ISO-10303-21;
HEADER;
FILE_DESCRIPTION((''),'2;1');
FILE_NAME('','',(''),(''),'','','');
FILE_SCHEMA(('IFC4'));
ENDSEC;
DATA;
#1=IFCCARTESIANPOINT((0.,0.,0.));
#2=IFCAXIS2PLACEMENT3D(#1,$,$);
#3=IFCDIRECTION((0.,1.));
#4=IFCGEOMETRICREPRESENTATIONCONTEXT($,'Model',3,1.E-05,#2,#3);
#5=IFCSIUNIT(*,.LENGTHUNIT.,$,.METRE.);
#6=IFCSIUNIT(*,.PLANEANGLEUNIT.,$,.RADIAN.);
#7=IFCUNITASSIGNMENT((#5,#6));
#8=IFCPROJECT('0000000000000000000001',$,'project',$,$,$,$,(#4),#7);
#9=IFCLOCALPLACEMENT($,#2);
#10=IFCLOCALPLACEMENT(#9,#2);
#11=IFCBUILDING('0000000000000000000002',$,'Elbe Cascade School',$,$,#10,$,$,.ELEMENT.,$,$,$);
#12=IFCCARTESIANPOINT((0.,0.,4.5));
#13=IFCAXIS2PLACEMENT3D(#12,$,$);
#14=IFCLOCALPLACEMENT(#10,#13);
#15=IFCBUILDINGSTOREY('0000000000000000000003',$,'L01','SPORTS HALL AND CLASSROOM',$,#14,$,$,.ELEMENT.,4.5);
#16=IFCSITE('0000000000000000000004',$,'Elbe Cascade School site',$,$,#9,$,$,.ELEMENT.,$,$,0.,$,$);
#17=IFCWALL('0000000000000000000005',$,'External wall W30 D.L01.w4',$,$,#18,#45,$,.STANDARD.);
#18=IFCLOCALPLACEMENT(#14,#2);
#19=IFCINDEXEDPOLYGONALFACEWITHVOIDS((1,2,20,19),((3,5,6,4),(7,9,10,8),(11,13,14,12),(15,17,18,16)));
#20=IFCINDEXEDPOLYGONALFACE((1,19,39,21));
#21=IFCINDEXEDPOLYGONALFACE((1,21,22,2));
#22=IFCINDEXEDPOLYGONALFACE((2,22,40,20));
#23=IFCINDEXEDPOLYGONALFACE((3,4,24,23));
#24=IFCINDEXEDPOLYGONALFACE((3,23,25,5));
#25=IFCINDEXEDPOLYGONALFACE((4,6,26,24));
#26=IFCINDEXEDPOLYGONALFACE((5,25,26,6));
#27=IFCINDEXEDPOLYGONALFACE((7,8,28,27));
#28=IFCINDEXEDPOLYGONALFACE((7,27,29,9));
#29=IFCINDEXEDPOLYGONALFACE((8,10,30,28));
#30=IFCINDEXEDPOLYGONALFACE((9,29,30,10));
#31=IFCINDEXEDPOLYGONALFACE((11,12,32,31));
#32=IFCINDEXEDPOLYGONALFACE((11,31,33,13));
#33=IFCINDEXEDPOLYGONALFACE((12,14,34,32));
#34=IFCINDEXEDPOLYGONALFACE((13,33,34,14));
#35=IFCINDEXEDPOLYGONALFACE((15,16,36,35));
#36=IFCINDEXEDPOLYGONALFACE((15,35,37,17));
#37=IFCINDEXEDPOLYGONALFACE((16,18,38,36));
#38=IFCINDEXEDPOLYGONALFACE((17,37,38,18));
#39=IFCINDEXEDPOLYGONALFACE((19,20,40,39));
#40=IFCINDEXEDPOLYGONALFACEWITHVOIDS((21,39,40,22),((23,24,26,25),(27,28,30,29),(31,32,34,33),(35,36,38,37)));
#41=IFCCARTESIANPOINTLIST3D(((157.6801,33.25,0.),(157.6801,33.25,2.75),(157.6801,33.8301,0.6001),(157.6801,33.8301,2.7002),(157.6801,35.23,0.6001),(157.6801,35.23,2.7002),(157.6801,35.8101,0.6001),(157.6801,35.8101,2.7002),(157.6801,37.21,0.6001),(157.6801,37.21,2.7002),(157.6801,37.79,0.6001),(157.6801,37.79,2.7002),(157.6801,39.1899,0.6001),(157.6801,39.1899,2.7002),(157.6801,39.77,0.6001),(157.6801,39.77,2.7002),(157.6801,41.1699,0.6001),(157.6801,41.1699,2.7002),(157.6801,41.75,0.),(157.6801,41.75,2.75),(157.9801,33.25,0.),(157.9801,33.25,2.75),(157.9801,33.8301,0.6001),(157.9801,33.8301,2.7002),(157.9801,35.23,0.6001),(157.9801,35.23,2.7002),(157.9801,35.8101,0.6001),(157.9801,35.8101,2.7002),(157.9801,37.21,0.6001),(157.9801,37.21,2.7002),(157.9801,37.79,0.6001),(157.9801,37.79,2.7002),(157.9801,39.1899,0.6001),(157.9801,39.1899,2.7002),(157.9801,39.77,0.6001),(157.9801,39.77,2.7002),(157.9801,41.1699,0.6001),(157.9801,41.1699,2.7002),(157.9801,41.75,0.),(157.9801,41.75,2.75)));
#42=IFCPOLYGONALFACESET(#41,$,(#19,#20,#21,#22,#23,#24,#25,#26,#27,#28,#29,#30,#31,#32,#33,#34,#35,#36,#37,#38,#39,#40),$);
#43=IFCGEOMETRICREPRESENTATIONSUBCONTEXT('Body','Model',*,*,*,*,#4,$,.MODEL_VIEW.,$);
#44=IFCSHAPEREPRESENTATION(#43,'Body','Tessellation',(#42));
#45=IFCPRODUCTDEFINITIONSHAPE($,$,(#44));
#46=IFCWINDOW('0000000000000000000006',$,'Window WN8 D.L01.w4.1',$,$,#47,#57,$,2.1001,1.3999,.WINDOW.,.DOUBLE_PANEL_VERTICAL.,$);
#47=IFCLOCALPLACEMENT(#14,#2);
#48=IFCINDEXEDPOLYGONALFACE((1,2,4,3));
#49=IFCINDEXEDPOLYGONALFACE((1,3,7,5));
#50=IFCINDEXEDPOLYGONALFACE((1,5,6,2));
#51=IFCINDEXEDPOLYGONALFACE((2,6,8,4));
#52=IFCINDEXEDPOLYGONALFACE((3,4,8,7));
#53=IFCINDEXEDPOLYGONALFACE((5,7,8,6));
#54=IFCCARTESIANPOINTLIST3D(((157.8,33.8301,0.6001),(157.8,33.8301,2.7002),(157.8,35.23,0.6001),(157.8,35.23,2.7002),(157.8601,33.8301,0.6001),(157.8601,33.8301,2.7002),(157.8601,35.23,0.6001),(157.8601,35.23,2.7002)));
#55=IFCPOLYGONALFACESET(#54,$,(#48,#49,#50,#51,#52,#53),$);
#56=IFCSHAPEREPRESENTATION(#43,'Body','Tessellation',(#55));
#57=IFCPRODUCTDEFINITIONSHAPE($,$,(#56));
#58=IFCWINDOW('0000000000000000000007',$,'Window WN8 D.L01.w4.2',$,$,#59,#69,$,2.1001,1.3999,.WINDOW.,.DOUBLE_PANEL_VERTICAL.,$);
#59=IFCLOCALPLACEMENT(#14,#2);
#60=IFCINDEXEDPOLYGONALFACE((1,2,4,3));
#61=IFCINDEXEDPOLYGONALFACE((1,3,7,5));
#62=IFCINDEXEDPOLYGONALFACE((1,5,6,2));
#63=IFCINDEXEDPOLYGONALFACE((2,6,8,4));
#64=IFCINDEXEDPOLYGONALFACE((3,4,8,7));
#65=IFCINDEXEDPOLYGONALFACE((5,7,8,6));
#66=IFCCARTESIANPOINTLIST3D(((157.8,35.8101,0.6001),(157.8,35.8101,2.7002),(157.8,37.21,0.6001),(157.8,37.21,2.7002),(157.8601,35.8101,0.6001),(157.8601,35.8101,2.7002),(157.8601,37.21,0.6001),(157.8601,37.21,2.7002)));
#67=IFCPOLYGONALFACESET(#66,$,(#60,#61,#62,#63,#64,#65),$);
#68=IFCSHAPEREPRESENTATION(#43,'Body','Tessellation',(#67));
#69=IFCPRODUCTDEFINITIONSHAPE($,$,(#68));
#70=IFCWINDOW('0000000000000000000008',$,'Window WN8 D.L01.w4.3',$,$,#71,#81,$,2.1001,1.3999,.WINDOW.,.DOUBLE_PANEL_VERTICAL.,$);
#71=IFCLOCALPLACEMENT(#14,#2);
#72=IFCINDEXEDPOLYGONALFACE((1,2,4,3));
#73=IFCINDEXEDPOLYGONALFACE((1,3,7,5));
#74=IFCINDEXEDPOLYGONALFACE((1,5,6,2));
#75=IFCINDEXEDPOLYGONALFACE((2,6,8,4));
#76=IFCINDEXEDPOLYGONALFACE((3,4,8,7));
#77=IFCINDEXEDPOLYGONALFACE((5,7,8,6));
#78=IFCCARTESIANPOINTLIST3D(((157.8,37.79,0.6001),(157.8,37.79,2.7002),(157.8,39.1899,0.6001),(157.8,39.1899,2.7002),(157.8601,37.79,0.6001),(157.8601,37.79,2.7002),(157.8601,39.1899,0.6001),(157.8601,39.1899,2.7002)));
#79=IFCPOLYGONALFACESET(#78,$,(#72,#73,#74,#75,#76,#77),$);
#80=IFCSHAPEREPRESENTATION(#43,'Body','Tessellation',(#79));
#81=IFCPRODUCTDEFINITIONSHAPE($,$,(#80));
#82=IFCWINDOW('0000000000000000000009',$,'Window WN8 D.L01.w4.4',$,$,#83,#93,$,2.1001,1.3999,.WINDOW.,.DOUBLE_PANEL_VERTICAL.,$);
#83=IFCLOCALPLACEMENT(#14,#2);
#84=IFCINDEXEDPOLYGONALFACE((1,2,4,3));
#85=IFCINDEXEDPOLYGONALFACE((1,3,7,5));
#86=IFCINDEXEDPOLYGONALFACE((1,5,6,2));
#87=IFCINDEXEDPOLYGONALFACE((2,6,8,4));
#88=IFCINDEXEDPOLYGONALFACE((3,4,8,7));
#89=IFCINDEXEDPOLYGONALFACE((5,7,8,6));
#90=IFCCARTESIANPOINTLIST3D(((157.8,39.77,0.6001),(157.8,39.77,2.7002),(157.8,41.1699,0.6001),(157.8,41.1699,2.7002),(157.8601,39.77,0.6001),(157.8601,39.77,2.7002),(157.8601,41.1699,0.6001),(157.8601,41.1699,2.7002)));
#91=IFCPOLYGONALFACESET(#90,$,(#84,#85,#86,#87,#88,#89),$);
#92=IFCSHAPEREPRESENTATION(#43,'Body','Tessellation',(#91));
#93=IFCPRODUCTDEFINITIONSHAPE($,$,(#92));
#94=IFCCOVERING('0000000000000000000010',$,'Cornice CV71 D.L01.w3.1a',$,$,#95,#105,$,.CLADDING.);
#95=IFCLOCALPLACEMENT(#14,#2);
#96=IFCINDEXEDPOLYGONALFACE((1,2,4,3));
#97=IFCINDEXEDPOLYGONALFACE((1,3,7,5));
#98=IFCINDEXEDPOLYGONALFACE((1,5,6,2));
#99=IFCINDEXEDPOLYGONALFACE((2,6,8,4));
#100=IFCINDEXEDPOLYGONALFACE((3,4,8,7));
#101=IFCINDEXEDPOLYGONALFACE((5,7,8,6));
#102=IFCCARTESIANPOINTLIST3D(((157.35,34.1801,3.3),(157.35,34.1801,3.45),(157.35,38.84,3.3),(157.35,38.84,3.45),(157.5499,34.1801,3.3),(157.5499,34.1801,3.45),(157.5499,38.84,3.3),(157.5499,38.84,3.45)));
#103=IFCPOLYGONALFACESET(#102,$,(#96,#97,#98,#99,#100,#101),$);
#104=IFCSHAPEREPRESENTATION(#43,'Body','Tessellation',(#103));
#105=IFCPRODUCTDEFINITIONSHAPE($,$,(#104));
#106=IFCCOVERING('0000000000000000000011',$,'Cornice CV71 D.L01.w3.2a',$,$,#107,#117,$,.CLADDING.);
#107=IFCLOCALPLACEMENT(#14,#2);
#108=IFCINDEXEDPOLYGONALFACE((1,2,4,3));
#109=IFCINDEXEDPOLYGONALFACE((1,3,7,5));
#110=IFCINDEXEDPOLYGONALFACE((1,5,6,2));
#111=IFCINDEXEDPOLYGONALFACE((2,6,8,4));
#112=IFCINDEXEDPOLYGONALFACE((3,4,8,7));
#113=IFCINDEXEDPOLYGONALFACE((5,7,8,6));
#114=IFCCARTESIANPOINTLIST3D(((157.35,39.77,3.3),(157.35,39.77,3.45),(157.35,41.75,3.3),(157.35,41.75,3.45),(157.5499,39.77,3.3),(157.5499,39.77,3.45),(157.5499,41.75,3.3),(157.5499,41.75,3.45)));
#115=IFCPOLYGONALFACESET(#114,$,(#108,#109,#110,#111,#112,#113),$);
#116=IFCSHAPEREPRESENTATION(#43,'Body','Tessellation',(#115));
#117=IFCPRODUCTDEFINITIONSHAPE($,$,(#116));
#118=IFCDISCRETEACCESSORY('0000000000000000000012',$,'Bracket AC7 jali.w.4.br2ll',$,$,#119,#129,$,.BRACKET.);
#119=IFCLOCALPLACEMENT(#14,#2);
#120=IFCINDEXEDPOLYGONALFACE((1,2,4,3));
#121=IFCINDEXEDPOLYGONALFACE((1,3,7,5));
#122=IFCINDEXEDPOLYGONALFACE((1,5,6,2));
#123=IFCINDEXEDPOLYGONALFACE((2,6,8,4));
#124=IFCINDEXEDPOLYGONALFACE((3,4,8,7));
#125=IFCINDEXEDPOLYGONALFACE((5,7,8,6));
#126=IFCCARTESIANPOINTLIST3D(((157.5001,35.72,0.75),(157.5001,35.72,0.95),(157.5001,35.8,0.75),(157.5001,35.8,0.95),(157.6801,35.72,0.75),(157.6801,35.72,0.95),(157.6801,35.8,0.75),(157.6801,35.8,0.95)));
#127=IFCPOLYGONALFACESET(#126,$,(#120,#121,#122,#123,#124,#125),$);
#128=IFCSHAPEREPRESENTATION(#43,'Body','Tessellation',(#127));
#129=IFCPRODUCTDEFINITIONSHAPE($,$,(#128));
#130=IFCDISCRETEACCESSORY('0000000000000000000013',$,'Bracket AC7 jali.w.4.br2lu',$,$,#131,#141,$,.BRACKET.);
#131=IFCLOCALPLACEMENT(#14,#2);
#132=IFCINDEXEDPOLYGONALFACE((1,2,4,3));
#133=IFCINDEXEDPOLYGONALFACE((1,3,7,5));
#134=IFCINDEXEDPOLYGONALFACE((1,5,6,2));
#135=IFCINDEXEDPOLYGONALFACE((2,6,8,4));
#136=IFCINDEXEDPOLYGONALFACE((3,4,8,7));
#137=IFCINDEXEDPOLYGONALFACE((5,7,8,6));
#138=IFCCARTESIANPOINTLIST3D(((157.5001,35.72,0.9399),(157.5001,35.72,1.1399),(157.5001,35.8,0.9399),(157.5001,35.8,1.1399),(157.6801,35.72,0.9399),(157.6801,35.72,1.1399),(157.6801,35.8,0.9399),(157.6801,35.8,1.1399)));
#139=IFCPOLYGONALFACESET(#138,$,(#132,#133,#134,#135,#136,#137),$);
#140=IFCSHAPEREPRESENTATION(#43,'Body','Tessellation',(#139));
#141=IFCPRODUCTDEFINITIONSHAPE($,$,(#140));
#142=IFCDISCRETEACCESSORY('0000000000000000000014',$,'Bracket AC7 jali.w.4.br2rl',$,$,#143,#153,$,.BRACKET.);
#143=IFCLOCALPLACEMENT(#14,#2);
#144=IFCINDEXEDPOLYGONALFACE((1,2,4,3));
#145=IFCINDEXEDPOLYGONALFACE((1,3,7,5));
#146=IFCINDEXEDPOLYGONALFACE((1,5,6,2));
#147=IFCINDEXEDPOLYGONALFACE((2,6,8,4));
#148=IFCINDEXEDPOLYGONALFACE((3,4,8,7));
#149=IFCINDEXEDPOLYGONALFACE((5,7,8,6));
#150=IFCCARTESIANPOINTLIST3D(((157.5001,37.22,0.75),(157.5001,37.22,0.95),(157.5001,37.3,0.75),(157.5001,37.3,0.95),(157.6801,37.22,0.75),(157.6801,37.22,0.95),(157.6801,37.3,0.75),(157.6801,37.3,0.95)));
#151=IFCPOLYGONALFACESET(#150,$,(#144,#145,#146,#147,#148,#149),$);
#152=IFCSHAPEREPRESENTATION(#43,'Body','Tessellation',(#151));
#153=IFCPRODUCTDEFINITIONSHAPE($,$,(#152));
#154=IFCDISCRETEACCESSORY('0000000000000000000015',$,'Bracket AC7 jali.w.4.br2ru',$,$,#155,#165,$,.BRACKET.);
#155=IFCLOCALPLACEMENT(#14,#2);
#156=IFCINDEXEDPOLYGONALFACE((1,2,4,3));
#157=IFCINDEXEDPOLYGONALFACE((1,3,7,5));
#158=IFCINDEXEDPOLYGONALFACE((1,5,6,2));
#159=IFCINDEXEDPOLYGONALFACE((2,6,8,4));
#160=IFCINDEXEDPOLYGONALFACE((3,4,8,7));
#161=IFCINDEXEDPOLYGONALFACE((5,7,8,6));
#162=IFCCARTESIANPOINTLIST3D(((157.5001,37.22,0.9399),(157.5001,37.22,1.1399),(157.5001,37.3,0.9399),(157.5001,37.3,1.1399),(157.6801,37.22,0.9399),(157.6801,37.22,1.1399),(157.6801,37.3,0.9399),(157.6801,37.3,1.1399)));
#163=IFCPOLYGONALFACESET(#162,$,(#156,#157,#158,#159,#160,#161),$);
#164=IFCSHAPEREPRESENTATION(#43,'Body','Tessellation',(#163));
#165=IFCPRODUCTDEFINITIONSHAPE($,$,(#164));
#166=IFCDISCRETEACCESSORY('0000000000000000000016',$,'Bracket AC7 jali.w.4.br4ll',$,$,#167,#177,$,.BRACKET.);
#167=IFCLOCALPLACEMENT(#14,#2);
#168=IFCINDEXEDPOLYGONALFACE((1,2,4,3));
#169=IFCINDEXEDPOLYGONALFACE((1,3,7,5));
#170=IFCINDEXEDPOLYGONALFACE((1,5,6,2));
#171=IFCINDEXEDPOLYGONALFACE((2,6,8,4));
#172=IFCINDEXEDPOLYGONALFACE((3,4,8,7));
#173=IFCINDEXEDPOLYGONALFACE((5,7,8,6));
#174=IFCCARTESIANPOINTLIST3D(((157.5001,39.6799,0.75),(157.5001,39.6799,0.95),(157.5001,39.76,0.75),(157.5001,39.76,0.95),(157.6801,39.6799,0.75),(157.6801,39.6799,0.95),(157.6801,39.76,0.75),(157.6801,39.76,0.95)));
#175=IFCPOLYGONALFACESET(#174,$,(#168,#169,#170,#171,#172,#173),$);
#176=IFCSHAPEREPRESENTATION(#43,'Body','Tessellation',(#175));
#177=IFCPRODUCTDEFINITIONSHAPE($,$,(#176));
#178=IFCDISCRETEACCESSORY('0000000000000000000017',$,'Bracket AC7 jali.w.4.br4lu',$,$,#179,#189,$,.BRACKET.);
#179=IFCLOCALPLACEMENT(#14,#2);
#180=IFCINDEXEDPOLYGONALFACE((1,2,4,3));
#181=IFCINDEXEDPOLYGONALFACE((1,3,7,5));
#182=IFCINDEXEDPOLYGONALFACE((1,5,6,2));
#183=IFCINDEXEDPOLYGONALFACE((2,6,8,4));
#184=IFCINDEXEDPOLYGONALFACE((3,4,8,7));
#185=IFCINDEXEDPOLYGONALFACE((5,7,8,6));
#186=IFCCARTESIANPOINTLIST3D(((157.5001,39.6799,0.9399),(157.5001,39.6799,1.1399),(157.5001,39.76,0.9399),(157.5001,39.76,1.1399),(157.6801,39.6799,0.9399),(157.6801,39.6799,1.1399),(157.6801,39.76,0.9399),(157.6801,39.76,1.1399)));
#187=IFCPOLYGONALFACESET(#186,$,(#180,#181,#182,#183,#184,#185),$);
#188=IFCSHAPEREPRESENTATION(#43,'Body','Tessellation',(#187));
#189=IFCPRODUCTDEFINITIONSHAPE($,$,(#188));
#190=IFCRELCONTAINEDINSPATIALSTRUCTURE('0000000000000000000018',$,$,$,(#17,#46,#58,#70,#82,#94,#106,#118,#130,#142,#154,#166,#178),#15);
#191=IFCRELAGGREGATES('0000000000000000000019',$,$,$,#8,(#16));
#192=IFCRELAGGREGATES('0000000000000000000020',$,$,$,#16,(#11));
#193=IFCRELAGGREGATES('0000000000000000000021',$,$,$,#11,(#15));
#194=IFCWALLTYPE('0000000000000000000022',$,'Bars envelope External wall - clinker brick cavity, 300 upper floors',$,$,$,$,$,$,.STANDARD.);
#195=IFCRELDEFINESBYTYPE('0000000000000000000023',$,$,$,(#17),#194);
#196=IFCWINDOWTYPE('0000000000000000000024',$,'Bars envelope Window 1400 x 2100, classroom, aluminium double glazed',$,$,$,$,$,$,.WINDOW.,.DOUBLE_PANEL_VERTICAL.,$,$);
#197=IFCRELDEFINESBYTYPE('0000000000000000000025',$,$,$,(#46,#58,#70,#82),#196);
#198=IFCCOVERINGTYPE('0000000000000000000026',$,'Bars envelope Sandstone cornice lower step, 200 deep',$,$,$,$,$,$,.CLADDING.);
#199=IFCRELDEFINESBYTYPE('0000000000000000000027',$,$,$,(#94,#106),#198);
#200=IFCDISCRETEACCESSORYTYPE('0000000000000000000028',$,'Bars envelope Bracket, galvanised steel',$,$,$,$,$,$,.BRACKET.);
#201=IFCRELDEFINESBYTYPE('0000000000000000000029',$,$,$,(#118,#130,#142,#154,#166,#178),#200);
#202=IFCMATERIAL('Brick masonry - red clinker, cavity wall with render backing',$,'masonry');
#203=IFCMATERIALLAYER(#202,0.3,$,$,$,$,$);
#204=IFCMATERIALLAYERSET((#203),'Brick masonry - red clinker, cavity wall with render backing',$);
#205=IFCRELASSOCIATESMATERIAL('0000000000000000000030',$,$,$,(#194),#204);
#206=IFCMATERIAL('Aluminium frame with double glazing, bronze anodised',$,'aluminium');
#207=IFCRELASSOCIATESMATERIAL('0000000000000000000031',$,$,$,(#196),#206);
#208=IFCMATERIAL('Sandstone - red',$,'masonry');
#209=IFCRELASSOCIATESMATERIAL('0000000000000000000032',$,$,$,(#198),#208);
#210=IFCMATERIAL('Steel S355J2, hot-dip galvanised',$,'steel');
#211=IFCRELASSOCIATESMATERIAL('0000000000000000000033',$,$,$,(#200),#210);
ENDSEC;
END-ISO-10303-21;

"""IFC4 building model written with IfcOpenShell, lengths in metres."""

from ifc_helpers import new_model, si_unit, direction, frame, frame_2d, origin, origin_2d, place, context, subcontext, project, spatial, rectangle, extrude, material, layer, layer_set, type_object, element, fill, save


model = new_model("IFC4")

# Units and contexts
model_context = context("Model", 3, precision=1e-05, world=origin(), true_north=direction((0.0, 1.0)))
body_context = subcontext(model_context, "Body", "Model", "MODEL_VIEW")
ifc_project = project(units=[si_unit("LENGTHUNIT", "METRE"), si_unit("PLANEANGLEUNIT", "RADIAN")], contexts=[model_context])

# Site, building, storey
site_placement = place(None, origin())
site = spatial("IfcSite", under=ifc_project, at=site_placement, Name="Elbe Cascade School site", CompositionType="ELEMENT", RefElevation=0.0)
building_placement = place(site_placement, origin())
building = spatial("IfcBuilding", under=site, at=building_placement, Name="Elbe Cascade School", CompositionType="ELEMENT")
storey_placement = place(building_placement, frame((0.0, 0.0, 4.5)))
storey = spatial("IfcBuildingStorey", under=building, at=storey_placement, Name="L01", Description="SPORTS HALL AND CLASSROOM", CompositionType="ELEMENT", Elevation=4.5)

# Wall, openings, windows
ifc_material_1 = material(Name="Brick masonry - red clinker, cavity wall with render backing", Category="masonry")
ifc_layer_1 = layer(ifc_material_1, 0.3)
ifc_layer_set_1 = layer_set([ifc_layer_1], Name="Brick masonry - red clinker, cavity wall with render backing")
wall_type_1 = type_object("IfcWallType", Name="Bars envelope External wall - clinker brick cavity, 300 upper floors", PredefinedType="STANDARD", material=ifc_layer_set_1)
wall_1_placement = place(storey_placement, frame((157.8301, 33.25, 0.0), z_axis=(0.0, 0.0, 1.0), x_axis=(0.0, 1.0, 0.0)))
wall_1 = element("IfcWall", 1, at=wall_1_placement, inside=storey, type_object=wall_type_1, Name="External wall W30 D.L01.w4", PredefinedType="STANDARD", context=body_context, shape_type="SweptSolid", body=[
    extrude(rectangle(XDim=8.5, YDim=0.3, at=frame_2d((4.25, 0.0))), origin(), (0.0, 0.0, 1.0), 2.75),
])
opening_1_placement = place(wall_1_placement, frame((0.5801, 0.0, 0.6001)))
opening_1 = element("IfcOpeningElement", 2, at=opening_1_placement, cuts=wall_1, PredefinedType="OPENING", context=body_context, shape_type="SweptSolid", body=[
    extrude(rectangle(XDim=1.3999, YDim=2.1001, at=frame_2d((0.7, 1.05))), frame((0.0, 0.1599, 0.0), z_axis=(0.0, -1.0, 0.0), x_axis=(1.0, 0.0, 0.0)), (0.0, 0.0, 1.0), 0.3201),
])
opening_2_placement = place(wall_1_placement, frame((2.5601, 0.0, 0.6001)))
opening_2 = element("IfcOpeningElement", 3, at=opening_2_placement, cuts=wall_1, PredefinedType="OPENING", context=body_context, shape_type="SweptSolid", body=[
    extrude(rectangle(XDim=1.3999, YDim=2.1001, at=frame_2d((0.7, 1.05))), frame((0.0, 0.1599, 0.0), z_axis=(0.0, -1.0, 0.0), x_axis=(1.0, 0.0, 0.0)), (0.0, 0.0, 1.0), 0.3201),
])
opening_3_placement = place(wall_1_placement, frame((4.54, 0.0, 0.6001)))
opening_3 = element("IfcOpeningElement", 4, at=opening_3_placement, cuts=wall_1, PredefinedType="OPENING", context=body_context, shape_type="SweptSolid", body=[
    extrude(rectangle(XDim=1.3999, YDim=2.1001, at=frame_2d((0.7, 1.05))), frame((0.0, 0.1599, 0.0), z_axis=(0.0, -1.0, 0.0), x_axis=(1.0, 0.0, 0.0)), (0.0, 0.0, 1.0), 0.3201),
])
opening_4_placement = place(wall_1_placement, frame((6.52, 0.0, 0.6001)))
opening_4 = element("IfcOpeningElement", 5, at=opening_4_placement, cuts=wall_1, PredefinedType="OPENING", context=body_context, shape_type="SweptSolid", body=[
    extrude(rectangle(XDim=1.3999, YDim=2.1001, at=frame_2d((0.7, 1.05))), frame((0.0, 0.1599, 0.0), z_axis=(0.0, -1.0, 0.0), x_axis=(1.0, 0.0, 0.0)), (0.0, 0.0, 1.0), 0.3201),
])
ifc_material_2 = material(Name="Aluminium frame with double glazing, bronze anodised", Category="aluminium")
window_type = type_object("IfcWindowType", Name="Bars envelope Window 1400 x 2100, classroom, aluminium double glazed", PartitioningType="DOUBLE_PANEL_VERTICAL", PredefinedType="WINDOW", material=ifc_material_2)
window_1_placement = place(opening_1_placement, origin())
window_1 = element("IfcWindow", 6, at=window_1_placement, inside=storey, type_object=window_type, Name="Window WN8 D.L01.w4.1", OverallHeight=2.1001, OverallWidth=1.3999, PartitioningType="DOUBLE_PANEL_VERTICAL", PredefinedType="WINDOW", context=body_context, shape_type="SweptSolid", body=[
    extrude(rectangle(XDim=1.3999, YDim=2.1001, at=frame_2d((0.7, 1.05))), frame((0.0, 0.03, 0.0), z_axis=(0.0, -1.0, 0.0), x_axis=(1.0, 0.0, 0.0)), (0.0, 0.0, 1.0), 0.0601),
])
fill(opening_1, window_1)
window_2_placement = place(opening_2_placement, origin())
window_2 = element("IfcWindow", 7, at=window_2_placement, inside=storey, type_object=window_type, Name="Window WN8 D.L01.w4.2", OverallHeight=2.1001, OverallWidth=1.3999, PartitioningType="DOUBLE_PANEL_VERTICAL", PredefinedType="WINDOW", context=body_context, shape_type="SweptSolid", body=[
    extrude(rectangle(XDim=1.3999, YDim=2.1001, at=frame_2d((0.7, 1.05))), frame((0.0, 0.03, 0.0), z_axis=(0.0, -1.0, 0.0), x_axis=(1.0, 0.0, 0.0)), (0.0, 0.0, 1.0), 0.0601),
])
fill(opening_2, window_2)
window_3_placement = place(opening_3_placement, origin())
window_3 = element("IfcWindow", 8, at=window_3_placement, inside=storey, type_object=window_type, Name="Window WN8 D.L01.w4.3", OverallHeight=2.1001, OverallWidth=1.3999, PartitioningType="DOUBLE_PANEL_VERTICAL", PredefinedType="WINDOW", context=body_context, shape_type="SweptSolid", body=[
    extrude(rectangle(XDim=1.3999, YDim=2.1001, at=frame_2d((0.7, 1.05))), frame((0.0, 0.03, 0.0), z_axis=(0.0, -1.0, 0.0), x_axis=(1.0, 0.0, 0.0)), (0.0, 0.0, 1.0), 0.0601),
])
fill(opening_3, window_3)
window_4_placement = place(opening_4_placement, origin())
window_4 = element("IfcWindow", 9, at=window_4_placement, inside=storey, type_object=window_type, Name="Window WN8 D.L01.w4.4", OverallHeight=2.1001, OverallWidth=1.3999, PartitioningType="DOUBLE_PANEL_VERTICAL", PredefinedType="WINDOW", context=body_context, shape_type="SweptSolid", body=[
    extrude(rectangle(XDim=1.3999, YDim=2.1001, at=frame_2d((0.7, 1.05))), frame((0.0, 0.03, 0.0), z_axis=(0.0, -1.0, 0.0), x_axis=(1.0, 0.0, 0.0)), (0.0, 0.0, 1.0), 0.0601),
])
fill(opening_4, window_4)

# Coverings
ifc_material_3 = material(Name="Sandstone - red", Category="masonry")
covering_type = type_object("IfcCoveringType", Name="Bars envelope Sandstone cornice lower step, 200 deep", PredefinedType="CLADDING", material=ifc_material_3)
covering_1_placement = place(storey_placement, frame((157.45, 36.51, 3.3), z_axis=(0.0, 0.0, 1.0), x_axis=(0.0, 1.0, 0.0)))
element("IfcCovering", 10, at=covering_1_placement, inside=storey, type_object=covering_type, Name="Cornice CV71 D.L01.w3.1a", PredefinedType="CLADDING", context=body_context, shape_type="SweptSolid", body=[
    extrude(rectangle(XDim=4.6599, YDim=0.2, at=origin_2d()), origin(), (0.0, 0.0, 1.0), 0.1499),
])
covering_2_placement = place(storey_placement, frame((157.45, 40.76, 3.3), z_axis=(0.0, 0.0, 1.0), x_axis=(0.0, 1.0, 0.0)))
element("IfcCovering", 11, at=covering_2_placement, inside=storey, type_object=covering_type, Name="Cornice CV71 D.L01.w3.2a", PredefinedType="CLADDING", context=body_context, shape_type="SweptSolid", body=[
    extrude(rectangle(XDim=1.98, YDim=0.2, at=origin_2d()), origin(), (0.0, 0.0, 1.0), 0.1499),
])

# Discrete accessories
ifc_material_4 = material(Name="Steel S355J2, hot-dip galvanised", Category="steel")
discrete_accessory_type = type_object("IfcDiscreteAccessoryType", Name="Bars envelope Bracket, galvanised steel", PredefinedType="BRACKET", material=ifc_material_4)
for number, where, z_axis, x_axis, name in (
    (12, (157.5901, 35.76, 0.75), (0.0, 0.0, 1.0), (0.0, 1.0, 0.0), "Bracket AC7 jali.w.4.br2ll"),
    (13, (157.5901, 35.76, 0.9399), (0.0, 0.0, 1.0), (0.0, 1.0, 0.0), "Bracket AC7 jali.w.4.br2lu"),
    (14, (157.5901, 37.26, 0.75), (0.0, 0.0, 1.0), (0.0, 1.0, 0.0), "Bracket AC7 jali.w.4.br2rl"),
    (15, (157.5901, 37.26, 0.9399), (0.0, 0.0, 1.0), (0.0, 1.0, 0.0), "Bracket AC7 jali.w.4.br2ru"),
    (16, (157.5901, 39.72, 0.75), (0.0, 0.0, 1.0), (0.0, 1.0, 0.0), "Bracket AC7 jali.w.4.br4ll"),
    (17, (157.5901, 39.72, 0.9399), (0.0, 0.0, 1.0), (0.0, 1.0, 0.0), "Bracket AC7 jali.w.4.br4lu"),
):
    element("IfcDiscreteAccessory", number, at=place(storey_placement, frame(where, z_axis=z_axis, x_axis=x_axis)), inside=storey, type_object=discrete_accessory_type, Name=name, PredefinedType="BRACKET", context=body_context, shape_type="SweptSolid", body=[
        extrude(rectangle(XDim=0.0801, YDim=0.1799, at=origin_2d()), origin(), (0.0, 0.0, 1.0), 0.2),
    ])

save(model, "model.ifc")
